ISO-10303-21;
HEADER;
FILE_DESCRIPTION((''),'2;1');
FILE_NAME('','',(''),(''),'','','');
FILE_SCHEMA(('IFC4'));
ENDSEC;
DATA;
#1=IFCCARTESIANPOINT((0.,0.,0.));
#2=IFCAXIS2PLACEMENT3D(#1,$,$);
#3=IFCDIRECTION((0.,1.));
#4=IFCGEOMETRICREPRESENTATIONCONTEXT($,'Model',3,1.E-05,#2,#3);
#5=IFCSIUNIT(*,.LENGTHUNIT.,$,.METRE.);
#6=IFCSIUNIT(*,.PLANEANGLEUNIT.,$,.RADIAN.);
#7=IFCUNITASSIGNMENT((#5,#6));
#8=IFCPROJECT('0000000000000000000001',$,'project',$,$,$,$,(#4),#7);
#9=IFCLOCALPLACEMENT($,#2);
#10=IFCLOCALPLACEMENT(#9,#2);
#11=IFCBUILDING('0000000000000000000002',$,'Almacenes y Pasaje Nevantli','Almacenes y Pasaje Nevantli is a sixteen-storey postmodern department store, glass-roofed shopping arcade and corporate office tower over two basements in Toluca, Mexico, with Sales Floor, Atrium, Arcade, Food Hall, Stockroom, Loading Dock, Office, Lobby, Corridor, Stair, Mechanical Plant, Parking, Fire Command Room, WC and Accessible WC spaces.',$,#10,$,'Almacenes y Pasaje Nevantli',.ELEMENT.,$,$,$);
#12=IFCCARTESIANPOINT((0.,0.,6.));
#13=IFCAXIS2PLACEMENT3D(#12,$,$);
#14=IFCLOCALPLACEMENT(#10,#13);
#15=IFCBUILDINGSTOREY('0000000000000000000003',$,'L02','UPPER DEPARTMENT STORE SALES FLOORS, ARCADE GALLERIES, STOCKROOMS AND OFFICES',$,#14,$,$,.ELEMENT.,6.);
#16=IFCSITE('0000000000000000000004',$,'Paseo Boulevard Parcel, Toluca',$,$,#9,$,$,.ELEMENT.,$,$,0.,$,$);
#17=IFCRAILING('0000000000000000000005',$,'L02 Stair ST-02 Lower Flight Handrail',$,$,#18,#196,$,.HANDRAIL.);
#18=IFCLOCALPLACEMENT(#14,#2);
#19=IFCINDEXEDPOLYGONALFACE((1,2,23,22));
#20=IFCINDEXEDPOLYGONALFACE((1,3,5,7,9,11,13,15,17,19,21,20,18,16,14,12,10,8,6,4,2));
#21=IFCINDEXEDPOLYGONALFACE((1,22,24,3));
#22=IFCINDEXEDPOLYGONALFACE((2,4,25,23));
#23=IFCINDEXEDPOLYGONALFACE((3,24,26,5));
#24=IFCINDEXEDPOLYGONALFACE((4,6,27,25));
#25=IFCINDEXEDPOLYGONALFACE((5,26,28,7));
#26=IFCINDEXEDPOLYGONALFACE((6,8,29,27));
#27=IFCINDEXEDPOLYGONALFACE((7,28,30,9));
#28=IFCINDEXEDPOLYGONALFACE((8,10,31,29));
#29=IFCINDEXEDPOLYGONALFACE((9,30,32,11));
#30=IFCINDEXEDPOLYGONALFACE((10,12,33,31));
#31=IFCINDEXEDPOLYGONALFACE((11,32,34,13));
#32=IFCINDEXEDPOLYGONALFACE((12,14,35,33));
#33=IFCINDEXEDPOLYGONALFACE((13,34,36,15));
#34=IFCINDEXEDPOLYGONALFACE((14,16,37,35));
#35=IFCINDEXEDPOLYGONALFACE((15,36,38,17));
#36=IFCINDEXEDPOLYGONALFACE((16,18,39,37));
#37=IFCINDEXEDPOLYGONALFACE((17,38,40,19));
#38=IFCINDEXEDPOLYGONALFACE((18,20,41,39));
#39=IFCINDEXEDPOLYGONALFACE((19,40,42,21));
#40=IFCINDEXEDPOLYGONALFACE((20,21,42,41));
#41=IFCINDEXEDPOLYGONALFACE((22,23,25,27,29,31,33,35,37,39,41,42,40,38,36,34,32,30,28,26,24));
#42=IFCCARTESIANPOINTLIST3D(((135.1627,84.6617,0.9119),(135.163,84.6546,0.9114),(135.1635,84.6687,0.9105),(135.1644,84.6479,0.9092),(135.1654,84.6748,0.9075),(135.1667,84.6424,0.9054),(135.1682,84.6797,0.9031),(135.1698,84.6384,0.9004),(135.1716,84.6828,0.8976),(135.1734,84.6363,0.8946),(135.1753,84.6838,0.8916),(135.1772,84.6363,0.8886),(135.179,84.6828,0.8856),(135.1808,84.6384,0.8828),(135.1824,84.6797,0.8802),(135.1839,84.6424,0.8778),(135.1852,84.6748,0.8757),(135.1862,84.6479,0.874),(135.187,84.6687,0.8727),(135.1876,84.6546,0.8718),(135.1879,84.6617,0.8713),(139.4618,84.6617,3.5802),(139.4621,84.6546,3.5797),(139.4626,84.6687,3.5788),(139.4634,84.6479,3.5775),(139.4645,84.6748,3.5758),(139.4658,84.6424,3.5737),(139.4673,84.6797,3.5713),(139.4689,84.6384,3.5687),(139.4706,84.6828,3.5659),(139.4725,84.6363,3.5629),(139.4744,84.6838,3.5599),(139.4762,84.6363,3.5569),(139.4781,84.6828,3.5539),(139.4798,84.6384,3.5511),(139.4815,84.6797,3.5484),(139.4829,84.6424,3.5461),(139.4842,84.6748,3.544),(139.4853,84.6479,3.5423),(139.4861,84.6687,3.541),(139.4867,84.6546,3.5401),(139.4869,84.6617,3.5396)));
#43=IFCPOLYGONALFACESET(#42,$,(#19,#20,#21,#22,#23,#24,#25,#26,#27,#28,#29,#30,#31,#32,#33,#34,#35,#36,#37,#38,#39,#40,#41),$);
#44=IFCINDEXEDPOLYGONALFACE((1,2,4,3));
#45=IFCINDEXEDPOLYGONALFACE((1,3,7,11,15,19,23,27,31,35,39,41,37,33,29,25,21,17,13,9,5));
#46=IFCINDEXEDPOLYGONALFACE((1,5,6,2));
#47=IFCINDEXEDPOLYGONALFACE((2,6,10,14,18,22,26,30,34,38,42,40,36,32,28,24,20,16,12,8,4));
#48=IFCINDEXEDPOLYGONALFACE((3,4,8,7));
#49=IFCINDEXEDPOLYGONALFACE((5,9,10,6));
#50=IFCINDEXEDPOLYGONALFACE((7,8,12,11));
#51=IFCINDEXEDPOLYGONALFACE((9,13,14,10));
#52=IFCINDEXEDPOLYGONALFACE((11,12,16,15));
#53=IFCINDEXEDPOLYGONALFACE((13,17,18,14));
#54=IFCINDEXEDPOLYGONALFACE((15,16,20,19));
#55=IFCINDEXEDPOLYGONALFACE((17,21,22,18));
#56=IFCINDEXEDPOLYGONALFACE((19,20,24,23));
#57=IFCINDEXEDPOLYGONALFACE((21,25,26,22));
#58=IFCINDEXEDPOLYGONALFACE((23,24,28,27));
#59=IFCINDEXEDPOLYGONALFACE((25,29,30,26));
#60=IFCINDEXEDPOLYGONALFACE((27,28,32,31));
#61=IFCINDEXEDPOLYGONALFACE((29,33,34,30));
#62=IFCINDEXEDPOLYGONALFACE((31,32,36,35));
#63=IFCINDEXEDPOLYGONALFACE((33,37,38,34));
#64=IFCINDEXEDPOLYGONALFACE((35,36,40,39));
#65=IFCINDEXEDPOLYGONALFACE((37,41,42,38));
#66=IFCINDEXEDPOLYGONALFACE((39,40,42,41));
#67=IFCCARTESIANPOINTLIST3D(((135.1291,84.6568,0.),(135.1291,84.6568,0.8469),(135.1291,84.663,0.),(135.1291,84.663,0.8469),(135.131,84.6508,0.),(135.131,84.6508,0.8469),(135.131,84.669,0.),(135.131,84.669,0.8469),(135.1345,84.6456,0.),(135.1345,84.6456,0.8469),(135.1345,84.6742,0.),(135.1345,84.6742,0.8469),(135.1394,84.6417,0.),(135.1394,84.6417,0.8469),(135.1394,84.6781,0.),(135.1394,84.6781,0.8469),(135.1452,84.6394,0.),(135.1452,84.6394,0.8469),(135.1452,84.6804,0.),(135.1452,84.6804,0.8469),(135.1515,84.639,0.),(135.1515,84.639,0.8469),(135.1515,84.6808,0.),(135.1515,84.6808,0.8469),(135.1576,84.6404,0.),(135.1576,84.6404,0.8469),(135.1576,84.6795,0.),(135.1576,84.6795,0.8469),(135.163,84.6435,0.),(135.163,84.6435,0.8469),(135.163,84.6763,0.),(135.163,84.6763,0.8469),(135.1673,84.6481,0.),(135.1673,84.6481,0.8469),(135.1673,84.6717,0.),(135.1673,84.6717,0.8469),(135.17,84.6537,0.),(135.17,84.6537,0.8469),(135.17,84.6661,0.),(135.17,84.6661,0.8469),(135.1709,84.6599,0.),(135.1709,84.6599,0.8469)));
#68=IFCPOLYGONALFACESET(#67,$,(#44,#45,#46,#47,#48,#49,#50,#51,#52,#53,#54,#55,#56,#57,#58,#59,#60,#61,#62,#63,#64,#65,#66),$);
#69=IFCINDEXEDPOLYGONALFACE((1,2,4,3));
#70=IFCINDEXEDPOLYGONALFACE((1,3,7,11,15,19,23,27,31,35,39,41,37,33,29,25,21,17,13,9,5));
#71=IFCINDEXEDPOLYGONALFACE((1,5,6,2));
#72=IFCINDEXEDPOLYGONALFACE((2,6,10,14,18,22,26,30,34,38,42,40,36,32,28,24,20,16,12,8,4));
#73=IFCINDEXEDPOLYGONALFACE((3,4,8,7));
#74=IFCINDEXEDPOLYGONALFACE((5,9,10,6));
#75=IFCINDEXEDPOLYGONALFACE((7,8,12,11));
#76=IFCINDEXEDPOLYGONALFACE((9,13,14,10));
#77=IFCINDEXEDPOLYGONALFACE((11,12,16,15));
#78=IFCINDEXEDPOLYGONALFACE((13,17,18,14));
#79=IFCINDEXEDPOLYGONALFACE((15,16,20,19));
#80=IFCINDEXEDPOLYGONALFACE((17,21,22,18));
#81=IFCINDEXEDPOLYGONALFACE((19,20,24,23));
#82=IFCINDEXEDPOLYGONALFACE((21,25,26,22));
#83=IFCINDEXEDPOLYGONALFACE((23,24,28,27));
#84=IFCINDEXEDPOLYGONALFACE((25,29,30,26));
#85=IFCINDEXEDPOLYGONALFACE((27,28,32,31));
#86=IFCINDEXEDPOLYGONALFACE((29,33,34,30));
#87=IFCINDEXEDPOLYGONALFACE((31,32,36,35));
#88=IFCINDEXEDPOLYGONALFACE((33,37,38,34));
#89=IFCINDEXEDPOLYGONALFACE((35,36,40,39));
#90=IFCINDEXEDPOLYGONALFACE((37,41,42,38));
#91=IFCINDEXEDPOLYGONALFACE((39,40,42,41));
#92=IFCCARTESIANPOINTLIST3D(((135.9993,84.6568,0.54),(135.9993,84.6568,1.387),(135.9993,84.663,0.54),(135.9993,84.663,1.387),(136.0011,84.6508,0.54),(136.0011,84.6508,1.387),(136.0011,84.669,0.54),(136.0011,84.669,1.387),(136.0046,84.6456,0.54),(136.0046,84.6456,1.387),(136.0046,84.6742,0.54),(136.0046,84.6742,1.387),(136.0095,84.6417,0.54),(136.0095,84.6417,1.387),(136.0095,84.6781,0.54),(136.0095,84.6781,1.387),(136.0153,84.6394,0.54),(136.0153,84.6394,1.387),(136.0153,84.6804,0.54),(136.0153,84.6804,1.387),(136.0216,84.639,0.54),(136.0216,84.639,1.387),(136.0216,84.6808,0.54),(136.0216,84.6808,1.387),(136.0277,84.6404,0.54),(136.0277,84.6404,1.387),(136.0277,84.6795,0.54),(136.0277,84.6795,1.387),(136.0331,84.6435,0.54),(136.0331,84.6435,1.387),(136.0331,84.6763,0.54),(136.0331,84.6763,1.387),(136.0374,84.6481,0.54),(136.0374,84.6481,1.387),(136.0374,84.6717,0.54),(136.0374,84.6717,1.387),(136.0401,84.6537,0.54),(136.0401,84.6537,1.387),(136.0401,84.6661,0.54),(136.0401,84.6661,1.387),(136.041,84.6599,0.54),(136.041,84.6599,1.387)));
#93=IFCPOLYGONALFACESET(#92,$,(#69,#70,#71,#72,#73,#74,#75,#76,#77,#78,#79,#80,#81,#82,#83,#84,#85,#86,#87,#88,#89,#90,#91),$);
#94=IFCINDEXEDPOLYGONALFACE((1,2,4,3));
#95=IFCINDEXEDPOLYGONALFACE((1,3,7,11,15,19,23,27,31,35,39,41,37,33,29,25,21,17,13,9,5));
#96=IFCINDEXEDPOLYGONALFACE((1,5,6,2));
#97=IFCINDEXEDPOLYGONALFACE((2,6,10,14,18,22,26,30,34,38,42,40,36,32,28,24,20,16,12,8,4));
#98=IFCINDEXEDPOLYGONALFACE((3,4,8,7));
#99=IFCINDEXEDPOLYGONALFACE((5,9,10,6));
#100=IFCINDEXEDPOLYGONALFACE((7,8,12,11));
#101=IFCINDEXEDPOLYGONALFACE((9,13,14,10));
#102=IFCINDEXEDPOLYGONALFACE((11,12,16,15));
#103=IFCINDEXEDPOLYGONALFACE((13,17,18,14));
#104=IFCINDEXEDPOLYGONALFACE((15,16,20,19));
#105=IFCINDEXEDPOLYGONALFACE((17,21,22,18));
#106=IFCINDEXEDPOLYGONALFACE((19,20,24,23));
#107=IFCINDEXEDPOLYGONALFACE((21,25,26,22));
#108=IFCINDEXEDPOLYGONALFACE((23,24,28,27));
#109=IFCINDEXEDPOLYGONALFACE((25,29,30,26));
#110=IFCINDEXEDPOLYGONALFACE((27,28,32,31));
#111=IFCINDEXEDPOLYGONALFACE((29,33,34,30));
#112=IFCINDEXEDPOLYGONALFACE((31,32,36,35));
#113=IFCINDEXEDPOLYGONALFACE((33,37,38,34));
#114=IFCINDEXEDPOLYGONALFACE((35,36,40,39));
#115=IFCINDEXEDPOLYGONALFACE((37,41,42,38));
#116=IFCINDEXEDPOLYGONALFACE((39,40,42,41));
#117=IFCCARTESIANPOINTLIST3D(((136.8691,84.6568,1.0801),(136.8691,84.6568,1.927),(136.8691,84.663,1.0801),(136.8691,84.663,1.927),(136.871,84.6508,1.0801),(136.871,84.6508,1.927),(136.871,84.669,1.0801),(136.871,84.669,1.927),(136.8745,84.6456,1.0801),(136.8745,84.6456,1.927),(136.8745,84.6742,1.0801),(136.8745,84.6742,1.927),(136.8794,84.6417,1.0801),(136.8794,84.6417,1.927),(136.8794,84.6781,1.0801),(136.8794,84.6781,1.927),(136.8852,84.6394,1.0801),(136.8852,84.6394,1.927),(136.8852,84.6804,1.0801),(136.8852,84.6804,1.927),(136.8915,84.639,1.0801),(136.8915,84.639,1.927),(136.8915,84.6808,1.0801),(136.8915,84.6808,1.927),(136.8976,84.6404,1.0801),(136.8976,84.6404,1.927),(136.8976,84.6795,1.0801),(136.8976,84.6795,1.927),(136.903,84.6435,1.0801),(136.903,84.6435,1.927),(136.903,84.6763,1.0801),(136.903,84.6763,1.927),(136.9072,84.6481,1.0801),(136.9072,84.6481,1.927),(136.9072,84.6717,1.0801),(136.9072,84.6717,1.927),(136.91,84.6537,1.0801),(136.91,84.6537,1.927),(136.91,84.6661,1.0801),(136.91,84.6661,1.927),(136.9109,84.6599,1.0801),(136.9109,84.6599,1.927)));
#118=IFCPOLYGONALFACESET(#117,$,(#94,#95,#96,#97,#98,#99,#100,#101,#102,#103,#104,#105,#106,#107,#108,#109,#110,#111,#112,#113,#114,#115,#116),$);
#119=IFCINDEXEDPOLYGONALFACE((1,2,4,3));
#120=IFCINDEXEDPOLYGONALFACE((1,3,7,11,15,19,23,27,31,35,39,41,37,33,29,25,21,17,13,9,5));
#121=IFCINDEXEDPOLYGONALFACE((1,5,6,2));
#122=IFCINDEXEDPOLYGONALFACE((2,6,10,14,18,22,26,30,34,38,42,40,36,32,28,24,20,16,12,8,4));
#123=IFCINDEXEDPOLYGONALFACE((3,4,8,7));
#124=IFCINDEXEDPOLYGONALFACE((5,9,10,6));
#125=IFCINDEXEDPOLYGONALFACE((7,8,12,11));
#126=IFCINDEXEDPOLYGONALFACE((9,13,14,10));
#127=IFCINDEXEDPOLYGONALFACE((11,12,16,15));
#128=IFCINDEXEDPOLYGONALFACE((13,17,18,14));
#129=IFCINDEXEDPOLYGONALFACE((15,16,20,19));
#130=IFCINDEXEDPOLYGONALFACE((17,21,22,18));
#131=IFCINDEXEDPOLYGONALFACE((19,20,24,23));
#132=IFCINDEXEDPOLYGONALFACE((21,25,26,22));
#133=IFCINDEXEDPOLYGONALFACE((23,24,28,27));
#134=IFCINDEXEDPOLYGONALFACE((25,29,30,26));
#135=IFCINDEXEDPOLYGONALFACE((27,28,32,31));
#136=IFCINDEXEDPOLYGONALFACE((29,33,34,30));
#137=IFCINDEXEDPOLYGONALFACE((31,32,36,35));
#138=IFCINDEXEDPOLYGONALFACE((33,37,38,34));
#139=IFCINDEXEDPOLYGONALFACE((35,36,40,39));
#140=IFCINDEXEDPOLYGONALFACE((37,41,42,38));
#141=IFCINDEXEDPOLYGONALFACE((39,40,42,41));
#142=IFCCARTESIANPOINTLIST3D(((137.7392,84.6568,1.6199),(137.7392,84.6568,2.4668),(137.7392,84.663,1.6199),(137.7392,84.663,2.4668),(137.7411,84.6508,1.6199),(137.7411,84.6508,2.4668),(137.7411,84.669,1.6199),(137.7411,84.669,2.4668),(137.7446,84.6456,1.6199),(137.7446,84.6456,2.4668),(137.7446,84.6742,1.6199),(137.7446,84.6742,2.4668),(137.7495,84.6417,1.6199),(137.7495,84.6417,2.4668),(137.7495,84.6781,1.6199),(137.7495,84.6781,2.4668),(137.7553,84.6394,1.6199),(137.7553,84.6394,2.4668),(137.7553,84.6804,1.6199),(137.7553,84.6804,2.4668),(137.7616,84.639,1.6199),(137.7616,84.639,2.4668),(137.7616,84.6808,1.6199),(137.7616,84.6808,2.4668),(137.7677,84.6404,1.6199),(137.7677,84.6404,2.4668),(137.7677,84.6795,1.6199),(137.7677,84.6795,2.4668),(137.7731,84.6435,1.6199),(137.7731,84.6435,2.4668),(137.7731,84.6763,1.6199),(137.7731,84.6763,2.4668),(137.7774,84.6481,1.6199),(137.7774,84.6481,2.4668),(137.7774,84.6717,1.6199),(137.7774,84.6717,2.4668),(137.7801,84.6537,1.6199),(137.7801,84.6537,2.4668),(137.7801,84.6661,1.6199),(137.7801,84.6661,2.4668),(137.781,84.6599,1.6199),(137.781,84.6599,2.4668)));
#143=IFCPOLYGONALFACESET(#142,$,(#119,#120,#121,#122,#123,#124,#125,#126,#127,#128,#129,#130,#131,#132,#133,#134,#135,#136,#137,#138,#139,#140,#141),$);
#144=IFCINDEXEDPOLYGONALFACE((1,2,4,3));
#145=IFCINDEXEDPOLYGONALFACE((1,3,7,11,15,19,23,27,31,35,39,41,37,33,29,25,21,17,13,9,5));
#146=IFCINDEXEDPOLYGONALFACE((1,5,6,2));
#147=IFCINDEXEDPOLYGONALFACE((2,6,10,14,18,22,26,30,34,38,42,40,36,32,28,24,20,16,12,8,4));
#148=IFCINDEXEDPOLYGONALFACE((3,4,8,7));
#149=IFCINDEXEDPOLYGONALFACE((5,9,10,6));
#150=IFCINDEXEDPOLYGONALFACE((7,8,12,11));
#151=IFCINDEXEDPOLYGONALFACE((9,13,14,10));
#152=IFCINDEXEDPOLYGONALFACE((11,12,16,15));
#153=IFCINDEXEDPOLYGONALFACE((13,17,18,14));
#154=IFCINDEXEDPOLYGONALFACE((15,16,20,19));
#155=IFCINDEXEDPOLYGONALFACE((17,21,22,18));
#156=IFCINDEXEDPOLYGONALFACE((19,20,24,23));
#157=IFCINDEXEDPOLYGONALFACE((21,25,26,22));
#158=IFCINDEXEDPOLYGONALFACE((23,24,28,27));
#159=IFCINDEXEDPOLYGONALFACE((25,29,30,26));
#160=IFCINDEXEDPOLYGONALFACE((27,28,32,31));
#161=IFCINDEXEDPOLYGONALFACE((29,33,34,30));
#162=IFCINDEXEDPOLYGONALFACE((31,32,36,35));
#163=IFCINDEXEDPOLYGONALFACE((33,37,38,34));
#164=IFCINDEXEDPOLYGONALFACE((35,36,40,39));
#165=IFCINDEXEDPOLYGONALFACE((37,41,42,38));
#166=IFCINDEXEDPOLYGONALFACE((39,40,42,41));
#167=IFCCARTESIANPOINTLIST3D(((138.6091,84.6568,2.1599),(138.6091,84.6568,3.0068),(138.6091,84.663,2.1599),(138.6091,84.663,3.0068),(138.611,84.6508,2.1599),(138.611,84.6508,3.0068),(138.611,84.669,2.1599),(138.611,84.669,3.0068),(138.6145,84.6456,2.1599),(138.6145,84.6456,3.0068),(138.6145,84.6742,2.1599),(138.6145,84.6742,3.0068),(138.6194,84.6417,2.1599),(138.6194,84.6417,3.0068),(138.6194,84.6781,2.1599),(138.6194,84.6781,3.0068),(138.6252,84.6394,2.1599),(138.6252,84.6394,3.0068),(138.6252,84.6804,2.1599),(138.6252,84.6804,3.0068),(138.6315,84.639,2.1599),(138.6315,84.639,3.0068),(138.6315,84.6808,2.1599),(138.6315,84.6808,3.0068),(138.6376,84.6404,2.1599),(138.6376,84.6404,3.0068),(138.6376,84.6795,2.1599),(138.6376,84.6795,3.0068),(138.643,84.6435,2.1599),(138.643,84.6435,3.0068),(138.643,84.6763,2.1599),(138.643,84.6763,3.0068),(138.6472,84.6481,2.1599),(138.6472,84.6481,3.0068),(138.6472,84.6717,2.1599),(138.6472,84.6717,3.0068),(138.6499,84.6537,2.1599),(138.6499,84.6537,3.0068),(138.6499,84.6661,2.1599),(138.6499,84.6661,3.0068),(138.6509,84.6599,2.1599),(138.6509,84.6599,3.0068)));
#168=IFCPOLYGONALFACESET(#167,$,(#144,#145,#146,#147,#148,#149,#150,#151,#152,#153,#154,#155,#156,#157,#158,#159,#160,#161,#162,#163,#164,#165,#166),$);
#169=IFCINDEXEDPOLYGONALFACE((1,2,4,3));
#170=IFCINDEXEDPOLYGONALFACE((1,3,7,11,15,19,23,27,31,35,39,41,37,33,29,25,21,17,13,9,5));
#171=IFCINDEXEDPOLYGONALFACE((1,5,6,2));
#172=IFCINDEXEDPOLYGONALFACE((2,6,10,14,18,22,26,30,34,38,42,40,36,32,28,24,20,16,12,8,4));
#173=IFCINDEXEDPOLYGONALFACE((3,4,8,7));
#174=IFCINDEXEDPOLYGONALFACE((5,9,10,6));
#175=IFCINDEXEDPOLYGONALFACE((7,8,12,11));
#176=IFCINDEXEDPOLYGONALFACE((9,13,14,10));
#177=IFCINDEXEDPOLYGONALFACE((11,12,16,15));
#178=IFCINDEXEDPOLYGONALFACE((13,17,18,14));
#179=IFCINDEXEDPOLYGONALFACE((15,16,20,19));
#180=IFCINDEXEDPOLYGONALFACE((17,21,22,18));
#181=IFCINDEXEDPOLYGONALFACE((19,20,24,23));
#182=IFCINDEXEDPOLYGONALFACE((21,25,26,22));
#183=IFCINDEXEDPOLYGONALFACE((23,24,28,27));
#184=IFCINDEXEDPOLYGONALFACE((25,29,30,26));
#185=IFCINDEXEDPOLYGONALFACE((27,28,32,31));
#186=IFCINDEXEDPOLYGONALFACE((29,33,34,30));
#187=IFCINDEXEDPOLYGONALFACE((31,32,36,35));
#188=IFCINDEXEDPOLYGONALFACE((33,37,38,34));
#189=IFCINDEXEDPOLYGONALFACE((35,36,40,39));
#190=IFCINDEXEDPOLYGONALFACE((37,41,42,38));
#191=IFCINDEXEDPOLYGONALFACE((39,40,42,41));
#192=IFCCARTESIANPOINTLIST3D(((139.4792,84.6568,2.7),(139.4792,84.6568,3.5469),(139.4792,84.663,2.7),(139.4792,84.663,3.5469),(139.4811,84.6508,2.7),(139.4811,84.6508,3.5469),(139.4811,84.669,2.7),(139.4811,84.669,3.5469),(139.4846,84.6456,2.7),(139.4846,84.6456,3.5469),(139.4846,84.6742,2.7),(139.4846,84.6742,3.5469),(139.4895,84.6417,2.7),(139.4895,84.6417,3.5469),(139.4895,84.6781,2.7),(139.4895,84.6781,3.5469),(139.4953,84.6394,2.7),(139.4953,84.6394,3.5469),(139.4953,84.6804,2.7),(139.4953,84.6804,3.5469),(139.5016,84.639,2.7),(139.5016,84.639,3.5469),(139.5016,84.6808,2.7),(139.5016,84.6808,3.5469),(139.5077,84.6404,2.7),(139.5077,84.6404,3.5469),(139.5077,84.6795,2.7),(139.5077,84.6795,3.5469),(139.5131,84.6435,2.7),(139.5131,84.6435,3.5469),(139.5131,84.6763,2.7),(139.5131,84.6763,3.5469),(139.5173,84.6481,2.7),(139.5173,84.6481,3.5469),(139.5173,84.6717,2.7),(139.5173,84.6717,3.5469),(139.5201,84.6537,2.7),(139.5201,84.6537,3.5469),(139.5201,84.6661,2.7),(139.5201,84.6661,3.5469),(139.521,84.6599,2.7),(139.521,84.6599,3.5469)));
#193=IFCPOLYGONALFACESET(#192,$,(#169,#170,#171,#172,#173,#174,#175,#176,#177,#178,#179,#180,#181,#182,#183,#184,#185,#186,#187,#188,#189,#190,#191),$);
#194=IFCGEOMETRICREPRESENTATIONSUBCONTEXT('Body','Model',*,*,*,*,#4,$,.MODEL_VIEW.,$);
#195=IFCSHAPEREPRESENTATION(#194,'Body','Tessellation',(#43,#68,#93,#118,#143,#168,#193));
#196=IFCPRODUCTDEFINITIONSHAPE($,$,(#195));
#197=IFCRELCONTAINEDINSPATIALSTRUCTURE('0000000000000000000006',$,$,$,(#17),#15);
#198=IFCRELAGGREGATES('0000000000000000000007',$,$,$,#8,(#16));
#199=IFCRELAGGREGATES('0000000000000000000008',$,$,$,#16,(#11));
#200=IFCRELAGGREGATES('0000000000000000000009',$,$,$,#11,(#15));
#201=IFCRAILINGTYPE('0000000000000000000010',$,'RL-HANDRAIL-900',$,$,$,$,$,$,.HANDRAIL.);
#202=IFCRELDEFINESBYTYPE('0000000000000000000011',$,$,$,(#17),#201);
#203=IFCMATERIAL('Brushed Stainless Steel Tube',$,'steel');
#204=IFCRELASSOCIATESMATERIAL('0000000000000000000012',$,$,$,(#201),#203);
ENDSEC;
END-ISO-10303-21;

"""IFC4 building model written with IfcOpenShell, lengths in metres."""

from ifc_helpers import new_model, si_unit, direction, frame, origin, origin_2d, place, context, subcontext, project, spatial, circle, extrude, material, type_object, element, save


model = new_model("IFC4")

# Units and contexts
model_context = context("Model", 3, precision=1e-05, world=origin(), true_north=direction((0.0, 1.0)))
body_context = subcontext(model_context, "Body", "Model", "MODEL_VIEW")
ifc_project = project(units=[si_unit("LENGTHUNIT", "METRE"), si_unit("PLANEANGLEUNIT", "RADIAN")], contexts=[model_context])

# Site, building, storey
site_placement = place(None, origin())
site = spatial("IfcSite", under=ifc_project, at=site_placement, Name="Paseo Boulevard Parcel, Toluca", CompositionType="ELEMENT", RefElevation=0.0)
building_placement = place(site_placement, origin())
building = spatial("IfcBuilding", under=site, at=building_placement, Name="Almacenes y Pasaje Nevantli", Description="Almacenes y Pasaje Nevantli is a sixteen-storey postmodern department store, glass-roofed shopping arcade and corporate office tower over two basements in Toluca, Mexico, with Sales Floor, Atrium, Arcade, Food Hall, Stockroom, Loading Dock, Office, Lobby, Corridor, Stair, Mechanical Plant, Parking, Fire Command Room, WC and Accessible WC spaces.", LongName="Almacenes y Pasaje Nevantli", CompositionType="ELEMENT")
storey_placement = place(building_placement, frame((0.0, 0.0, 6.0)))
storey = spatial("IfcBuildingStorey", under=building, at=storey_placement, Name="L02", Description="UPPER DEPARTMENT STORE SALES FLOORS, ARCADE GALLERIES, STOCKROOMS AND OFFICES", CompositionType="ELEMENT", Elevation=6.0)

# Railing
ifc_material_1 = material(Name="Brushed Stainless Steel Tube", Category="steel")
railing_type_1 = type_object("IfcRailingType", Name="RL-HANDRAIL-900", PredefinedType="HANDRAIL", material=ifc_material_1)
railing_1_placement = place(storey_placement, frame((135.1499, 84.6599, 0.0)))
element("IfcRailing", 1, at=railing_1_placement, inside=storey, type_object=railing_type_1, Name="L02 Stair ST-02 Lower Flight Handrail", PredefinedType="HANDRAIL", context=body_context, shape_type="SweptSolid", body=[
    extrude(circle(Radius=0.0239, at=origin_2d()), frame((0.0254, 0.0, 0.8916), z_axis=(0.84965, 0.0, 0.527347), x_axis=(0.0, 1.0, 0.0)), (0.0, 0.0, 1.0), 5.0598),
    extrude(circle(Radius=0.021, at=origin_2d()), origin(), (0.0, 0.0, 1.0), 0.8469),
    extrude(circle(Radius=0.021, at=origin_2d()), frame((0.8701, 0.0, 0.54)), (0.0, 0.0, 1.0), 0.8469),
    extrude(circle(Radius=0.021, at=origin_2d()), frame((1.74, 0.0, 1.0801)), (0.0, 0.0, 1.0), 0.8469),
    extrude(circle(Radius=0.021, at=origin_2d()), frame((2.6101, 0.0, 1.6199)), (0.0, 0.0, 1.0), 0.8469),
    extrude(circle(Radius=0.021, at=origin_2d()), frame((3.48, 0.0, 2.1599)), (0.0, 0.0, 1.0), 0.8469),
    extrude(circle(Radius=0.021, at=origin_2d()), frame((4.3501, 0.0, 2.7)), (0.0, 0.0, 1.0), 0.8469),
])

save(model, "model.ifc")
